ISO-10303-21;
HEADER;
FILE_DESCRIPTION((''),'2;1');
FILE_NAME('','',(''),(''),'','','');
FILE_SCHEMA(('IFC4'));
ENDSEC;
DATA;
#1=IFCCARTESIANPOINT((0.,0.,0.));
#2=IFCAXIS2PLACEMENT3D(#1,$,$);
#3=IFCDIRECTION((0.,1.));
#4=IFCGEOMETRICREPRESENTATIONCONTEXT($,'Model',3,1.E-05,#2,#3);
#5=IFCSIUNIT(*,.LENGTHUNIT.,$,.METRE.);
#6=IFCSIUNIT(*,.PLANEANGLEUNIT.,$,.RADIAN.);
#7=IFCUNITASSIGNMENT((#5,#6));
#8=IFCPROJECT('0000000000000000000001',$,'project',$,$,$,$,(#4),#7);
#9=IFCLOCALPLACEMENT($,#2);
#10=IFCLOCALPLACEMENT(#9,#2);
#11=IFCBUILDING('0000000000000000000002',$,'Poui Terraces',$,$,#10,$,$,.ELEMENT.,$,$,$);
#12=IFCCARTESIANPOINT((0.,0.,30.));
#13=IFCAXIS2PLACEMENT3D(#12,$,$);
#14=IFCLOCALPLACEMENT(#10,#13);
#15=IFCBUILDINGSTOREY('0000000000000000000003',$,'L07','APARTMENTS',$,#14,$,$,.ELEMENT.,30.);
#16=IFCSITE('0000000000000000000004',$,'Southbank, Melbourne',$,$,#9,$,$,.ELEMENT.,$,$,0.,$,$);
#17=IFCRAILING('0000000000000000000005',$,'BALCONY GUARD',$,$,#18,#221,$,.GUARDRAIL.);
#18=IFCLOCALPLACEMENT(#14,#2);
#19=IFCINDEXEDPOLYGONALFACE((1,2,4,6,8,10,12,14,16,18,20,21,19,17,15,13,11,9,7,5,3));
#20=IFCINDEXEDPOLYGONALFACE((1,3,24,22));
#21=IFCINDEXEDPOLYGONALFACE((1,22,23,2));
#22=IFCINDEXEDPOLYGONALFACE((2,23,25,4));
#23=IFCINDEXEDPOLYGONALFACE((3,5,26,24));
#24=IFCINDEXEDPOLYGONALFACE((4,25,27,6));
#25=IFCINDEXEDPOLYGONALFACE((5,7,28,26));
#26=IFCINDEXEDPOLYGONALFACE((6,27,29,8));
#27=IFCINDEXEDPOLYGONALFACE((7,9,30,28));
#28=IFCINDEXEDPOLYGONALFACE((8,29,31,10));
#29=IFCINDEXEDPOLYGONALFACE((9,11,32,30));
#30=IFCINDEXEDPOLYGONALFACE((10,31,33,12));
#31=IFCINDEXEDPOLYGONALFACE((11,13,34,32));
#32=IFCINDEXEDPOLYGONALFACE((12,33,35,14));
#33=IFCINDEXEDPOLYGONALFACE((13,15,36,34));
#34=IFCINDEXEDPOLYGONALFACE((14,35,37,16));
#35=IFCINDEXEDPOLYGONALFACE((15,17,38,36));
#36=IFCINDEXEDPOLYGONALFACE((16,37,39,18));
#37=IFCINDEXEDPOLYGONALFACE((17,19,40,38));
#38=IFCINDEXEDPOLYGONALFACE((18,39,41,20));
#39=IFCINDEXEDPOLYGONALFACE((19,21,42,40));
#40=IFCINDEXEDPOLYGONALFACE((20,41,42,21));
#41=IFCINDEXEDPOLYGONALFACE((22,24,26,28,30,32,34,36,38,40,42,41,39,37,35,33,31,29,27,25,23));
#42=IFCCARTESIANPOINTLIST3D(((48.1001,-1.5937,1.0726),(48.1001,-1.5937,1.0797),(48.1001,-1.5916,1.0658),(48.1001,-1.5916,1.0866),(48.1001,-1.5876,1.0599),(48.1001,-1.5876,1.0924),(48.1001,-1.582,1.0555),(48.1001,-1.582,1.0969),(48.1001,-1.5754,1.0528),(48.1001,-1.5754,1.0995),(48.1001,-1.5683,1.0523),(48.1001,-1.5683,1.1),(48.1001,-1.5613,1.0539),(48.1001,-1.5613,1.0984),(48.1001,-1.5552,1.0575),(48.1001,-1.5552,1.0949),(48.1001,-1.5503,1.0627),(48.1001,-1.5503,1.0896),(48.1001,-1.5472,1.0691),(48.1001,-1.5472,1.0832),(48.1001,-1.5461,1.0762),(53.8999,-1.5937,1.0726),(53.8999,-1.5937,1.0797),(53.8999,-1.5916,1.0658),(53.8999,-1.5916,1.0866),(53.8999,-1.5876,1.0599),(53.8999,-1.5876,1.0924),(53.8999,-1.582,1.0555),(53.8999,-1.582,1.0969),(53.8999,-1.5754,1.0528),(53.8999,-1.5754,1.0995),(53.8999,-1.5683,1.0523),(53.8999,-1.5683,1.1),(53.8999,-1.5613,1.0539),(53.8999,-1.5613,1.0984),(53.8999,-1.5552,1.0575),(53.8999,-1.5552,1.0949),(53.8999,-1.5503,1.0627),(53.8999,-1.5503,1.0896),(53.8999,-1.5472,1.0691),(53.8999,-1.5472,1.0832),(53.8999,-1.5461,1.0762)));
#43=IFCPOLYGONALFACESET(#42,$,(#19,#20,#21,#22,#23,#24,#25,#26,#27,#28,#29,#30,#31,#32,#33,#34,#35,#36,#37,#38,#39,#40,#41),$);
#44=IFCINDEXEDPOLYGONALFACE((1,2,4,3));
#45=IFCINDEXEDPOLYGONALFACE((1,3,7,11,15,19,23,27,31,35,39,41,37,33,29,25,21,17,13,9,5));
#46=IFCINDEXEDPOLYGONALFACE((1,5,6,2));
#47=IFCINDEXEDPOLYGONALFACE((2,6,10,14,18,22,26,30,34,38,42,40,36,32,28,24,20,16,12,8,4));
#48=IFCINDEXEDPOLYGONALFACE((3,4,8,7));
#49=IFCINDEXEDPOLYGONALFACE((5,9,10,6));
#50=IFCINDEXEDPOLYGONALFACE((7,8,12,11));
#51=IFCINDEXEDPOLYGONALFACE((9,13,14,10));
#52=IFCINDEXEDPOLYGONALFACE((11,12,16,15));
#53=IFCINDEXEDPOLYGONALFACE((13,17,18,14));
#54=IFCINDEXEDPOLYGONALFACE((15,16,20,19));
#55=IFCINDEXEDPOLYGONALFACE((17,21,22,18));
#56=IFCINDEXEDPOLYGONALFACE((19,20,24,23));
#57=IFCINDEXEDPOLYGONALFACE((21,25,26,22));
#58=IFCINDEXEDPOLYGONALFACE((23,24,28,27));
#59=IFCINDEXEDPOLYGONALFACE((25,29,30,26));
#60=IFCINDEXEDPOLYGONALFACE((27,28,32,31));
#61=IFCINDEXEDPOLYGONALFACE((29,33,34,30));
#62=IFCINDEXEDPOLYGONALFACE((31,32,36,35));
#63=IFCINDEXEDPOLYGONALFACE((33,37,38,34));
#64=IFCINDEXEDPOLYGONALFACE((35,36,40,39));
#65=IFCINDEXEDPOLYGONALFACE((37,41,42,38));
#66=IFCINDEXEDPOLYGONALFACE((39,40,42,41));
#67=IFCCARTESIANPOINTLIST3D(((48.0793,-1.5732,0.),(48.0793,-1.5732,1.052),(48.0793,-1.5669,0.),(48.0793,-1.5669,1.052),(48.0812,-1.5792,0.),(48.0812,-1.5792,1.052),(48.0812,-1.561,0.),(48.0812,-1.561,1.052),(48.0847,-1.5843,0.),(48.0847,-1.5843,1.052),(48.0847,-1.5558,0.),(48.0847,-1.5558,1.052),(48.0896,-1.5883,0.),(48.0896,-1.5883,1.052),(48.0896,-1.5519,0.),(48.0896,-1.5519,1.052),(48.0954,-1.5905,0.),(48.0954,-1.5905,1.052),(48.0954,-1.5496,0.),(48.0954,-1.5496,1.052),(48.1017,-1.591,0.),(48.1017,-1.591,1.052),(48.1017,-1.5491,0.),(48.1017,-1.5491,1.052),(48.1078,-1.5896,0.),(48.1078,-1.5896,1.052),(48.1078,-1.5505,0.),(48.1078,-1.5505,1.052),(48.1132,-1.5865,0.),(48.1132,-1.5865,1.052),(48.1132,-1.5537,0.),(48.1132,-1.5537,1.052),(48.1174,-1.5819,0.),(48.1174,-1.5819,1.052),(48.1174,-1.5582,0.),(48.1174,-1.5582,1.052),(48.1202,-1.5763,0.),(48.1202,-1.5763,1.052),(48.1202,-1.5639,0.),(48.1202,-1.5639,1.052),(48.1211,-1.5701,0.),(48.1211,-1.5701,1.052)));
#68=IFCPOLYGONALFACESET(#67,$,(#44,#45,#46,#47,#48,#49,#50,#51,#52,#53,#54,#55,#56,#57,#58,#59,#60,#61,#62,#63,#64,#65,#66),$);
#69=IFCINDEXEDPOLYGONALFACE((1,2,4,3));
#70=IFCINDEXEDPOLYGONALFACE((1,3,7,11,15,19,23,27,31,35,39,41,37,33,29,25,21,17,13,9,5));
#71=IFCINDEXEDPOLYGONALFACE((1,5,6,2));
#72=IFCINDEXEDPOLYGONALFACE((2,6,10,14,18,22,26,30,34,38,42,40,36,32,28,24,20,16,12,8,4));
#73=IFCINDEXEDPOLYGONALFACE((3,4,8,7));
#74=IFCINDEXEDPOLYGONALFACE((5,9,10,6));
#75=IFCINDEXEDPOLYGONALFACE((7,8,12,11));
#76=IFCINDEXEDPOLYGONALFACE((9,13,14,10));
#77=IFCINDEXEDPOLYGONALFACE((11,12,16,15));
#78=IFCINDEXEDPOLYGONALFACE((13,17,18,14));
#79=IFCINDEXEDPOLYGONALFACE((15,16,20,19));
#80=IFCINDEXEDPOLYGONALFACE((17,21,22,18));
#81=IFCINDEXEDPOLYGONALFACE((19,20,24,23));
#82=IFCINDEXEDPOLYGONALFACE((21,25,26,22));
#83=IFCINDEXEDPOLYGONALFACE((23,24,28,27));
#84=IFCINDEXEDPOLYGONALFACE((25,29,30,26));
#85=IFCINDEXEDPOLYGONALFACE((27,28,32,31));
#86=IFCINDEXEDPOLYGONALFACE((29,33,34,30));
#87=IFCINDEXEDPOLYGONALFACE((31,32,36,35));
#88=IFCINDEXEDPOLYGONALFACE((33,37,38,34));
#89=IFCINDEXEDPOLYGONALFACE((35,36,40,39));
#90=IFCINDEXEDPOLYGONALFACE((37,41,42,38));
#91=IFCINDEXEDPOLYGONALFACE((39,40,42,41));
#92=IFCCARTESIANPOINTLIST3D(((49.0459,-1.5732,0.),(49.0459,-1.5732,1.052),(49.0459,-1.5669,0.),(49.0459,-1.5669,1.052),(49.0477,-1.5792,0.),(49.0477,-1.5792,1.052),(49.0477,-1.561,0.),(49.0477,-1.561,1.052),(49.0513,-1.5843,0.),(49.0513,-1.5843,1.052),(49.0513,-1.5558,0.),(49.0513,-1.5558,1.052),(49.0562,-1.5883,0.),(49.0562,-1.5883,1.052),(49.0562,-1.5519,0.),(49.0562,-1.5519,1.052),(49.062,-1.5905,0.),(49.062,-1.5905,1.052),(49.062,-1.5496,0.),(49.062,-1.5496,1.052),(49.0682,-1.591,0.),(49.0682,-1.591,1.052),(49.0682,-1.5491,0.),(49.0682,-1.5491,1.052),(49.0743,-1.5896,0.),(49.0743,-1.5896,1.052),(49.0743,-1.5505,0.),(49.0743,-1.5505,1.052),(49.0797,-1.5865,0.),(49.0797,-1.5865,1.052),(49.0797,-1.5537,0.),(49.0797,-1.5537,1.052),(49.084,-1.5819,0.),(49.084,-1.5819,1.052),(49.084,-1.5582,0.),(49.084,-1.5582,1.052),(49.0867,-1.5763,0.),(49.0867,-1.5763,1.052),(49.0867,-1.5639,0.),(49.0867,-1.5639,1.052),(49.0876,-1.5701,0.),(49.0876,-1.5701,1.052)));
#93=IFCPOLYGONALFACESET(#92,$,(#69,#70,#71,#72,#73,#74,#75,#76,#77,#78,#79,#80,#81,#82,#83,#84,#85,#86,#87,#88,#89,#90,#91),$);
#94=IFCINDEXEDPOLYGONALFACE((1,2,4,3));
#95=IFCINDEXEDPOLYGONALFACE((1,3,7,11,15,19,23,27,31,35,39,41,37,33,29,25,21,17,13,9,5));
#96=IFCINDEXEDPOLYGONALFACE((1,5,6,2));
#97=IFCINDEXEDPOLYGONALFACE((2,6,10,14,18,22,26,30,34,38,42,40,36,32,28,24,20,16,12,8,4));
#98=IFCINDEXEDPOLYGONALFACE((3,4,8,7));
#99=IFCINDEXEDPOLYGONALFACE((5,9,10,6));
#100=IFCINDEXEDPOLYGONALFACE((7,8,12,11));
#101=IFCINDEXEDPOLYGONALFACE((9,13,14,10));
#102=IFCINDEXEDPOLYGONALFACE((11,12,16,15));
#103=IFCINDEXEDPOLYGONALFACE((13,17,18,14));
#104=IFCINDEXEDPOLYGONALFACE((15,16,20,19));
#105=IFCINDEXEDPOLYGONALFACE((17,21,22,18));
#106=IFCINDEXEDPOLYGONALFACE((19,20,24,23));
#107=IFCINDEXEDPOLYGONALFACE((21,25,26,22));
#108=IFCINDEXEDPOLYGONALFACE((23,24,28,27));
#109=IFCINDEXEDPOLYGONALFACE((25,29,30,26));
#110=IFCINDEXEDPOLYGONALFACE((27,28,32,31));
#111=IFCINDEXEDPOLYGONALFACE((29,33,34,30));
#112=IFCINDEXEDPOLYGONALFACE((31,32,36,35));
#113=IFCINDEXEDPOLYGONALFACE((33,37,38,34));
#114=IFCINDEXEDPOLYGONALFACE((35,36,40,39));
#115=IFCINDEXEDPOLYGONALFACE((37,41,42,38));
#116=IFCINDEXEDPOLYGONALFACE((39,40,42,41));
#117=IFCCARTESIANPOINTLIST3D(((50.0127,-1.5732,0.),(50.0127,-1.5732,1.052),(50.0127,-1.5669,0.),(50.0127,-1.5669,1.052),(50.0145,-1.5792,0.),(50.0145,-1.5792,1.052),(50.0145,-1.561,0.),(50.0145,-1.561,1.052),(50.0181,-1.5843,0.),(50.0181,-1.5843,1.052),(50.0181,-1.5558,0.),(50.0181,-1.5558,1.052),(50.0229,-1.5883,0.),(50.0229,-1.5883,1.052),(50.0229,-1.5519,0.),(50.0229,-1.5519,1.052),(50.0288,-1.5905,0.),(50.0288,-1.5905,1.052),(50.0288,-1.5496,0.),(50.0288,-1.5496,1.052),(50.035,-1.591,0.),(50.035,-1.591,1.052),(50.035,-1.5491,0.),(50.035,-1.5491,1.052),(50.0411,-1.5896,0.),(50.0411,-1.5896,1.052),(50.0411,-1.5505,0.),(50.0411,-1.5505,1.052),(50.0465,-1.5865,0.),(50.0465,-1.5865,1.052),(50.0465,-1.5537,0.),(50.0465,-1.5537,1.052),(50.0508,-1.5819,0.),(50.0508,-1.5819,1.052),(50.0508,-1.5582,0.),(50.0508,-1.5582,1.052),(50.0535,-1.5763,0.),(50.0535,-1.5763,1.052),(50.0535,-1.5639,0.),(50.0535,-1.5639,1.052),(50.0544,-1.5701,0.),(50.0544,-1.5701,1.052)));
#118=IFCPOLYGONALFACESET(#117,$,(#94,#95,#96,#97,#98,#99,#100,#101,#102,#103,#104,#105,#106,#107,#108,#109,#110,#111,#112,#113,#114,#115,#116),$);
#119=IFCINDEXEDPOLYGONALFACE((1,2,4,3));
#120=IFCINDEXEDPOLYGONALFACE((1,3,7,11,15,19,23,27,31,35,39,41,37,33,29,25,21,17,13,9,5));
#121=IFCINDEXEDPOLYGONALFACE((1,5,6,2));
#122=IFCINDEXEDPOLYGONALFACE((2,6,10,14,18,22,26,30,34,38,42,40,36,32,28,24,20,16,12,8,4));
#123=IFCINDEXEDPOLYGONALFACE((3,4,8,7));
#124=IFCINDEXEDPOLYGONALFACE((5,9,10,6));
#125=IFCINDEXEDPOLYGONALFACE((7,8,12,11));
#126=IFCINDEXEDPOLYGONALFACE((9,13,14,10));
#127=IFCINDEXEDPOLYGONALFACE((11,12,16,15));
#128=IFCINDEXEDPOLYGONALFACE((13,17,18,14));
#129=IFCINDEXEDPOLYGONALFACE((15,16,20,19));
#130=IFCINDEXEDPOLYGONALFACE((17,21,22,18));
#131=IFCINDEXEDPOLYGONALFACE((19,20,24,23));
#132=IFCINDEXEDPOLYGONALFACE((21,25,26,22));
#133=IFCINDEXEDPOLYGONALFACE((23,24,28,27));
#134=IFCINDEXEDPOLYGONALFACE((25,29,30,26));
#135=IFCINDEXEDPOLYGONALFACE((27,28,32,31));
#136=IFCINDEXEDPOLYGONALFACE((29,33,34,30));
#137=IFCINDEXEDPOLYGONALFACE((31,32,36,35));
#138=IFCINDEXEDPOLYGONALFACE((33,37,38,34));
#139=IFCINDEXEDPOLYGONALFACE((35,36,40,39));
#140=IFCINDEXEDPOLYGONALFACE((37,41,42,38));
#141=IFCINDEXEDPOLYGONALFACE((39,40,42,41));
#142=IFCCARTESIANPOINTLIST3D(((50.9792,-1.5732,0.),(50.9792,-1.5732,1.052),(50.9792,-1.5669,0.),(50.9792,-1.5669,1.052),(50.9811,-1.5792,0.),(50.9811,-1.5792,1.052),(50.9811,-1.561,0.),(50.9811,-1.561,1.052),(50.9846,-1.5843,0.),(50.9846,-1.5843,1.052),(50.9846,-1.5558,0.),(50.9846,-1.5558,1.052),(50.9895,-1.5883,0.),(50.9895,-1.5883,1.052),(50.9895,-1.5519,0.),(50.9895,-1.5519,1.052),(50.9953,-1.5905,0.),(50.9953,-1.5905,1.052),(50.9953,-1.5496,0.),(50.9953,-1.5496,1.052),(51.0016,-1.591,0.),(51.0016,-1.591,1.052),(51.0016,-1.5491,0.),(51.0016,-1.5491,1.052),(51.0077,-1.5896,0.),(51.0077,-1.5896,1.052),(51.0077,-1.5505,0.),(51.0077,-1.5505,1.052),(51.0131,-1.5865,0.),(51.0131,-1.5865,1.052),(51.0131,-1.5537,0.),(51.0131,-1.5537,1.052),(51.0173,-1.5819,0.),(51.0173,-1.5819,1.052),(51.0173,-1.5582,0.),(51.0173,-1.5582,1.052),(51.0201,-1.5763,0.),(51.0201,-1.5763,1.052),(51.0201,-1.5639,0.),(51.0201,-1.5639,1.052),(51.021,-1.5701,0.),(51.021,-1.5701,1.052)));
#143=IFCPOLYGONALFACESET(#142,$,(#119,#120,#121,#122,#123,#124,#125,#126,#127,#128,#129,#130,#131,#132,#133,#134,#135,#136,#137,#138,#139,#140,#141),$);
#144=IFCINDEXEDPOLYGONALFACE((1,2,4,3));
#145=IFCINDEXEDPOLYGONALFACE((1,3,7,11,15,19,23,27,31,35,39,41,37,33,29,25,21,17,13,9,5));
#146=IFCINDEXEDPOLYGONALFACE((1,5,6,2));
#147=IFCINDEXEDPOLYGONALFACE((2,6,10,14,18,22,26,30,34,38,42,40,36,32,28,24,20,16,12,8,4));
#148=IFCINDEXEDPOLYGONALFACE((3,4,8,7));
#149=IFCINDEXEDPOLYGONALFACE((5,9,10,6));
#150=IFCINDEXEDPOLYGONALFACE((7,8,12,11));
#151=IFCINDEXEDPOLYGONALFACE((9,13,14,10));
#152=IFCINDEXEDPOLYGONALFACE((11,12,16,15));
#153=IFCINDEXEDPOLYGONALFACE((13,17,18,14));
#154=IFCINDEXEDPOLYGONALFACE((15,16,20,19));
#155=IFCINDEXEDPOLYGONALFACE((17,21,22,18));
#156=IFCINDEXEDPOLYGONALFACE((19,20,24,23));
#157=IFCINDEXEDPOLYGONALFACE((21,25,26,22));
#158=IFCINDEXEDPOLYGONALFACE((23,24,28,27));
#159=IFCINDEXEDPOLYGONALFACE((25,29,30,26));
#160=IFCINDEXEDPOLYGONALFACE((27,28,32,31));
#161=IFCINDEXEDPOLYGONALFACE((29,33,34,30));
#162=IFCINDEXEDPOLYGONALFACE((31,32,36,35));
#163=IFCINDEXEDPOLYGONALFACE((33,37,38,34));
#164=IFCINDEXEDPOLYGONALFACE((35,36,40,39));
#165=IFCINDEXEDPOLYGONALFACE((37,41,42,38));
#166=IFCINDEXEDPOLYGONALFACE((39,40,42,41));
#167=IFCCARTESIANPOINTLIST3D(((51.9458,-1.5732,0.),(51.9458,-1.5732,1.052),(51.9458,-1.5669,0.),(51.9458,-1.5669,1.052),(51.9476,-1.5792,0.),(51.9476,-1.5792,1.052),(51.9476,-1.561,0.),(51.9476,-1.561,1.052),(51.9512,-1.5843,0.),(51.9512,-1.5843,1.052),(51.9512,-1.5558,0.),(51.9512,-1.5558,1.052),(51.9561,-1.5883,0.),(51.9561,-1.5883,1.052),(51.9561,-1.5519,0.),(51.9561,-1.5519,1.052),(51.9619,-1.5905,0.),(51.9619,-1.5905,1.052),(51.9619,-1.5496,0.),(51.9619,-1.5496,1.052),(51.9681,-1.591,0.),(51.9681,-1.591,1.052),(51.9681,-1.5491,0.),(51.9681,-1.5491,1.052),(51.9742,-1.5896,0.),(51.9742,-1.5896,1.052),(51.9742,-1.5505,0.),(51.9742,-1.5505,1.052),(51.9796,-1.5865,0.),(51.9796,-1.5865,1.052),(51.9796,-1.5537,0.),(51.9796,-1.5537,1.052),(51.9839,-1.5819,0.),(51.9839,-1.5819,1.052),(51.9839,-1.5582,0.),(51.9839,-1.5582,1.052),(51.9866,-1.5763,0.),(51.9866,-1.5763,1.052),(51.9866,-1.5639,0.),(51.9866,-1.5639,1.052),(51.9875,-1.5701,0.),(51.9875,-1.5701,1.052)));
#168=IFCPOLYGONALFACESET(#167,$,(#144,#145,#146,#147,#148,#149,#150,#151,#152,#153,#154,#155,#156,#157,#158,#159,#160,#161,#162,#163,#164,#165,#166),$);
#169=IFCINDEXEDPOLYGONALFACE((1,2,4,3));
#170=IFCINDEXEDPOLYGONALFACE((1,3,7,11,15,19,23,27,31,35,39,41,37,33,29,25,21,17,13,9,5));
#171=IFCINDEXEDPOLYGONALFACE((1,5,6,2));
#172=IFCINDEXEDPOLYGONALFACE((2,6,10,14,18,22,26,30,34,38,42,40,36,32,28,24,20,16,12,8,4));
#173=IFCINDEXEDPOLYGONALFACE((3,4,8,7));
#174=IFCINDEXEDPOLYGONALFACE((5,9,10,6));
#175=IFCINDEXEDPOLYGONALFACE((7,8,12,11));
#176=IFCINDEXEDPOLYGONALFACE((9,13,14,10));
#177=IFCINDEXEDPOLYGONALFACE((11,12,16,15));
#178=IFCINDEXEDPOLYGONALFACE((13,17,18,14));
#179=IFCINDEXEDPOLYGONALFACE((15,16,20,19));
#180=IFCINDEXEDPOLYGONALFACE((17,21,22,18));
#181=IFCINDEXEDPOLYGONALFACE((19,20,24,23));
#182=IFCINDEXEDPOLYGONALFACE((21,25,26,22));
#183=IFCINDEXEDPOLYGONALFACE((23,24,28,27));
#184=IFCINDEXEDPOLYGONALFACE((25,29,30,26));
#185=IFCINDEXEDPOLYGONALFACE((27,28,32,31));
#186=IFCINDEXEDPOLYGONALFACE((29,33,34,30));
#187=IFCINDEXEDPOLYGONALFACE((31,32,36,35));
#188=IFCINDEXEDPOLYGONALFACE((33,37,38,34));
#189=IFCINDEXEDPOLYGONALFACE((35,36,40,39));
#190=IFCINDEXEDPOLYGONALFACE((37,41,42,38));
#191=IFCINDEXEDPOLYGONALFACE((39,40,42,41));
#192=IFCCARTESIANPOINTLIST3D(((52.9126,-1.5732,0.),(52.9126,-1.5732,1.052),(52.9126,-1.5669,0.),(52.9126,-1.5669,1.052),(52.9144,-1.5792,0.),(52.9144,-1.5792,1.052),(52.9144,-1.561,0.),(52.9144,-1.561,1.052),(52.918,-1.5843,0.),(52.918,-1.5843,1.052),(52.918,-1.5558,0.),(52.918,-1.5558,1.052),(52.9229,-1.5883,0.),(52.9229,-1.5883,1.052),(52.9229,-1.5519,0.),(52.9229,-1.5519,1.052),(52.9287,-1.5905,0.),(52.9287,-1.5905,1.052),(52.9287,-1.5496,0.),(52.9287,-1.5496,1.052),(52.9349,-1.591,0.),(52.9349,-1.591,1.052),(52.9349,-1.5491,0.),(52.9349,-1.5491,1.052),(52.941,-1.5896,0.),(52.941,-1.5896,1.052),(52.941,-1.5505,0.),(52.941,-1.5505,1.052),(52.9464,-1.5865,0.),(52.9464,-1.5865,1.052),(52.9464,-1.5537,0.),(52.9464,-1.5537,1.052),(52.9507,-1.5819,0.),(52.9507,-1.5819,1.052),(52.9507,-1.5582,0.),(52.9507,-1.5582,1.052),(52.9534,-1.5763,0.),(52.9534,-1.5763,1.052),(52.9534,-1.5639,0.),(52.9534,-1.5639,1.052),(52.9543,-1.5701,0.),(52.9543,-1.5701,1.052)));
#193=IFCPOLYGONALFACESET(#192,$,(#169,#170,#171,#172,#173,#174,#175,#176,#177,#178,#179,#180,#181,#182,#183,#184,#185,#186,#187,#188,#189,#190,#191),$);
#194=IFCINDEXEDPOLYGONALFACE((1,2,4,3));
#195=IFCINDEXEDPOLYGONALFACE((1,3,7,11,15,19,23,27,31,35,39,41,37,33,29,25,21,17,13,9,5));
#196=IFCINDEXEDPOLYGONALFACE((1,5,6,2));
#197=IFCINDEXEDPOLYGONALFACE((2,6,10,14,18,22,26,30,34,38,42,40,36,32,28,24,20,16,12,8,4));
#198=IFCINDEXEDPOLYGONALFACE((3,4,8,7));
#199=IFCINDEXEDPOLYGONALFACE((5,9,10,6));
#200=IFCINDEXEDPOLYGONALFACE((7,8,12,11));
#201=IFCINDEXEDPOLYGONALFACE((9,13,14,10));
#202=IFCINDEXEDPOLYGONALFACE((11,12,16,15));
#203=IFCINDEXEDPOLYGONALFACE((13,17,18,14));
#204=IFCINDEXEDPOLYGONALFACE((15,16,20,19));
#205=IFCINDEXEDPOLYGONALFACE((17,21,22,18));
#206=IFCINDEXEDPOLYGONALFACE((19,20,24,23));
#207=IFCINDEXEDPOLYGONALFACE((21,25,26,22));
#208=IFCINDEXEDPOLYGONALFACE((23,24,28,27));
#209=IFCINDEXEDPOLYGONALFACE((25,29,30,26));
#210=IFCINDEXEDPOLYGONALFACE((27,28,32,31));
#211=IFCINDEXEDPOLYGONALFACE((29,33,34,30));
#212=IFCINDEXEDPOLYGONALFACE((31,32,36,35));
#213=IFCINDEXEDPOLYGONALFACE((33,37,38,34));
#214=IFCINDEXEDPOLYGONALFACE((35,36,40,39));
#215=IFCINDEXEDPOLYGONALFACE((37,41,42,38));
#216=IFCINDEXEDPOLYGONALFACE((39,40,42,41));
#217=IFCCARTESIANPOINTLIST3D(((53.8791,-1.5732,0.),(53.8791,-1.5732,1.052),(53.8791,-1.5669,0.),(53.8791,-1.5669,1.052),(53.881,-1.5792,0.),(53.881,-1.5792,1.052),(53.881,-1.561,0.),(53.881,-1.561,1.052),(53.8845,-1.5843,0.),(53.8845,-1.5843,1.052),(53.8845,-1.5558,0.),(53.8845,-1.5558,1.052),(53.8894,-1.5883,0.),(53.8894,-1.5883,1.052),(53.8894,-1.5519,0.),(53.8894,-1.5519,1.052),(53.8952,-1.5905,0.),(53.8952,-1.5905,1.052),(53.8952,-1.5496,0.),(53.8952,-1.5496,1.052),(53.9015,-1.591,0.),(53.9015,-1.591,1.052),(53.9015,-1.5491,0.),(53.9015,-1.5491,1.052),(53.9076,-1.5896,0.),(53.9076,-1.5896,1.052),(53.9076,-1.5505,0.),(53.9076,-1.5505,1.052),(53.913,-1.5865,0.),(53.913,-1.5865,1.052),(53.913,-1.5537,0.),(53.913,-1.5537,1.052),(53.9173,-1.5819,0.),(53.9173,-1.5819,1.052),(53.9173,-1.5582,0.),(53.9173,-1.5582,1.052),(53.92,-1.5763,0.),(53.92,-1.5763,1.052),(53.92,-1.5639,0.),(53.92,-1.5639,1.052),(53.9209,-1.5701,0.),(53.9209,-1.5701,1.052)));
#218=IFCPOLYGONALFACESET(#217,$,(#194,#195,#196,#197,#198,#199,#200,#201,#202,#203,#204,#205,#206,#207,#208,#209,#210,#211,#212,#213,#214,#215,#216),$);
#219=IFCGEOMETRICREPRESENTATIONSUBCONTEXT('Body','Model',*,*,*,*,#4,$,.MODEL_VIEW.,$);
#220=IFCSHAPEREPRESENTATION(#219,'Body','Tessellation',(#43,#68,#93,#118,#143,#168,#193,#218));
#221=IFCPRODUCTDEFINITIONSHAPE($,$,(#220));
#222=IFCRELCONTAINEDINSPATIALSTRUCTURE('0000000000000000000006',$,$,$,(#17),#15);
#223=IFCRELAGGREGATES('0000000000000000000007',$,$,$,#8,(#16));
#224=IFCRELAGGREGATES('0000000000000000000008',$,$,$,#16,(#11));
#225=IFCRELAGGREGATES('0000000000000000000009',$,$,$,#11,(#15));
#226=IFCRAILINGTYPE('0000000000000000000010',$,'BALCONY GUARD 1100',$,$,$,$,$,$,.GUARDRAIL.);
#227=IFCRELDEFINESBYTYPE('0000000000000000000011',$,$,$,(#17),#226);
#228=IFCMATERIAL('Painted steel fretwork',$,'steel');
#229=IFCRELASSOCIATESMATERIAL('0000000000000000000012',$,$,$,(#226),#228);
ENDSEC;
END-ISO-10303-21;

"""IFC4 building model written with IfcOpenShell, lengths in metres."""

from ifc_helpers import new_model, si_unit, direction, frame, origin, origin_2d, place, context, subcontext, project, spatial, circle, extrude, material, type_object, element, save


model = new_model("IFC4")

# Units and contexts
model_context = context("Model", 3, precision=1e-05, world=origin(), true_north=direction((0.0, 1.0)))
body_context = subcontext(model_context, "Body", "Model", "MODEL_VIEW")
ifc_project = project(units=[si_unit("LENGTHUNIT", "METRE"), si_unit("PLANEANGLEUNIT", "RADIAN")], contexts=[model_context])

# Site, building, storey
site_placement = place(None, origin())
site = spatial("IfcSite", under=ifc_project, at=site_placement, Name="Southbank, Melbourne", CompositionType="ELEMENT", RefElevation=0.0)
building_placement = place(site_placement, origin())
building = spatial("IfcBuilding", under=site, at=building_placement, Name="Poui Terraces", CompositionType="ELEMENT")
storey_placement = place(building_placement, frame((0.0, 0.0, 30.0)))
storey = spatial("IfcBuildingStorey", under=building, at=storey_placement, Name="L07", Description="APARTMENTS", CompositionType="ELEMENT", Elevation=30.0)

# Railing
ifc_material_1 = material(Name="Painted steel fretwork", Category="steel")
railing_type = type_object("IfcRailingType", Name="BALCONY GUARD 1100", PredefinedType="GUARDRAIL", material=ifc_material_1)
railing_placement = place(storey_placement, frame((48.1001, -1.5701, 0.0)))
element("IfcRailing", 1, at=railing_placement, inside=storey, type_object=railing_type, Name="BALCONY GUARD", PredefinedType="GUARDRAIL", context=body_context, shape_type="SweptSolid", body=[
    extrude(circle(Radius=0.0239, at=origin_2d()), frame((0.0, 0.0, 1.0762), z_axis=(1.0, 0.0, 0.0), x_axis=(0.0, 1.0, 0.0)), (0.0, 0.0, 1.0), 5.7998),
    extrude(circle(Radius=0.021, at=origin_2d()), origin(), (0.0, 0.0, 1.0), 1.052),
    extrude(circle(Radius=0.021, at=origin_2d()), frame((0.9666, 0.0, 0.0)), (0.0, 0.0, 1.0), 1.052),
    extrude(circle(Radius=0.021, at=origin_2d()), frame((1.9333, 0.0, 0.0)), (0.0, 0.0, 1.0), 1.052),
    extrude(circle(Radius=0.021, at=origin_2d()), frame((2.8999, 0.0, 0.0)), (0.0, 0.0, 1.0), 1.052),
    extrude(circle(Radius=0.021, at=origin_2d()), frame((3.8665, 0.0, 0.0)), (0.0, 0.0, 1.0), 1.052),
    extrude(circle(Radius=0.021, at=origin_2d()), frame((4.8333, 0.0, 0.0)), (0.0, 0.0, 1.0), 1.052),
    extrude(circle(Radius=0.021, at=origin_2d()), frame((5.7998, 0.0, 0.0)), (0.0, 0.0, 1.0), 1.052),
])

save(model, "model.ifc")
